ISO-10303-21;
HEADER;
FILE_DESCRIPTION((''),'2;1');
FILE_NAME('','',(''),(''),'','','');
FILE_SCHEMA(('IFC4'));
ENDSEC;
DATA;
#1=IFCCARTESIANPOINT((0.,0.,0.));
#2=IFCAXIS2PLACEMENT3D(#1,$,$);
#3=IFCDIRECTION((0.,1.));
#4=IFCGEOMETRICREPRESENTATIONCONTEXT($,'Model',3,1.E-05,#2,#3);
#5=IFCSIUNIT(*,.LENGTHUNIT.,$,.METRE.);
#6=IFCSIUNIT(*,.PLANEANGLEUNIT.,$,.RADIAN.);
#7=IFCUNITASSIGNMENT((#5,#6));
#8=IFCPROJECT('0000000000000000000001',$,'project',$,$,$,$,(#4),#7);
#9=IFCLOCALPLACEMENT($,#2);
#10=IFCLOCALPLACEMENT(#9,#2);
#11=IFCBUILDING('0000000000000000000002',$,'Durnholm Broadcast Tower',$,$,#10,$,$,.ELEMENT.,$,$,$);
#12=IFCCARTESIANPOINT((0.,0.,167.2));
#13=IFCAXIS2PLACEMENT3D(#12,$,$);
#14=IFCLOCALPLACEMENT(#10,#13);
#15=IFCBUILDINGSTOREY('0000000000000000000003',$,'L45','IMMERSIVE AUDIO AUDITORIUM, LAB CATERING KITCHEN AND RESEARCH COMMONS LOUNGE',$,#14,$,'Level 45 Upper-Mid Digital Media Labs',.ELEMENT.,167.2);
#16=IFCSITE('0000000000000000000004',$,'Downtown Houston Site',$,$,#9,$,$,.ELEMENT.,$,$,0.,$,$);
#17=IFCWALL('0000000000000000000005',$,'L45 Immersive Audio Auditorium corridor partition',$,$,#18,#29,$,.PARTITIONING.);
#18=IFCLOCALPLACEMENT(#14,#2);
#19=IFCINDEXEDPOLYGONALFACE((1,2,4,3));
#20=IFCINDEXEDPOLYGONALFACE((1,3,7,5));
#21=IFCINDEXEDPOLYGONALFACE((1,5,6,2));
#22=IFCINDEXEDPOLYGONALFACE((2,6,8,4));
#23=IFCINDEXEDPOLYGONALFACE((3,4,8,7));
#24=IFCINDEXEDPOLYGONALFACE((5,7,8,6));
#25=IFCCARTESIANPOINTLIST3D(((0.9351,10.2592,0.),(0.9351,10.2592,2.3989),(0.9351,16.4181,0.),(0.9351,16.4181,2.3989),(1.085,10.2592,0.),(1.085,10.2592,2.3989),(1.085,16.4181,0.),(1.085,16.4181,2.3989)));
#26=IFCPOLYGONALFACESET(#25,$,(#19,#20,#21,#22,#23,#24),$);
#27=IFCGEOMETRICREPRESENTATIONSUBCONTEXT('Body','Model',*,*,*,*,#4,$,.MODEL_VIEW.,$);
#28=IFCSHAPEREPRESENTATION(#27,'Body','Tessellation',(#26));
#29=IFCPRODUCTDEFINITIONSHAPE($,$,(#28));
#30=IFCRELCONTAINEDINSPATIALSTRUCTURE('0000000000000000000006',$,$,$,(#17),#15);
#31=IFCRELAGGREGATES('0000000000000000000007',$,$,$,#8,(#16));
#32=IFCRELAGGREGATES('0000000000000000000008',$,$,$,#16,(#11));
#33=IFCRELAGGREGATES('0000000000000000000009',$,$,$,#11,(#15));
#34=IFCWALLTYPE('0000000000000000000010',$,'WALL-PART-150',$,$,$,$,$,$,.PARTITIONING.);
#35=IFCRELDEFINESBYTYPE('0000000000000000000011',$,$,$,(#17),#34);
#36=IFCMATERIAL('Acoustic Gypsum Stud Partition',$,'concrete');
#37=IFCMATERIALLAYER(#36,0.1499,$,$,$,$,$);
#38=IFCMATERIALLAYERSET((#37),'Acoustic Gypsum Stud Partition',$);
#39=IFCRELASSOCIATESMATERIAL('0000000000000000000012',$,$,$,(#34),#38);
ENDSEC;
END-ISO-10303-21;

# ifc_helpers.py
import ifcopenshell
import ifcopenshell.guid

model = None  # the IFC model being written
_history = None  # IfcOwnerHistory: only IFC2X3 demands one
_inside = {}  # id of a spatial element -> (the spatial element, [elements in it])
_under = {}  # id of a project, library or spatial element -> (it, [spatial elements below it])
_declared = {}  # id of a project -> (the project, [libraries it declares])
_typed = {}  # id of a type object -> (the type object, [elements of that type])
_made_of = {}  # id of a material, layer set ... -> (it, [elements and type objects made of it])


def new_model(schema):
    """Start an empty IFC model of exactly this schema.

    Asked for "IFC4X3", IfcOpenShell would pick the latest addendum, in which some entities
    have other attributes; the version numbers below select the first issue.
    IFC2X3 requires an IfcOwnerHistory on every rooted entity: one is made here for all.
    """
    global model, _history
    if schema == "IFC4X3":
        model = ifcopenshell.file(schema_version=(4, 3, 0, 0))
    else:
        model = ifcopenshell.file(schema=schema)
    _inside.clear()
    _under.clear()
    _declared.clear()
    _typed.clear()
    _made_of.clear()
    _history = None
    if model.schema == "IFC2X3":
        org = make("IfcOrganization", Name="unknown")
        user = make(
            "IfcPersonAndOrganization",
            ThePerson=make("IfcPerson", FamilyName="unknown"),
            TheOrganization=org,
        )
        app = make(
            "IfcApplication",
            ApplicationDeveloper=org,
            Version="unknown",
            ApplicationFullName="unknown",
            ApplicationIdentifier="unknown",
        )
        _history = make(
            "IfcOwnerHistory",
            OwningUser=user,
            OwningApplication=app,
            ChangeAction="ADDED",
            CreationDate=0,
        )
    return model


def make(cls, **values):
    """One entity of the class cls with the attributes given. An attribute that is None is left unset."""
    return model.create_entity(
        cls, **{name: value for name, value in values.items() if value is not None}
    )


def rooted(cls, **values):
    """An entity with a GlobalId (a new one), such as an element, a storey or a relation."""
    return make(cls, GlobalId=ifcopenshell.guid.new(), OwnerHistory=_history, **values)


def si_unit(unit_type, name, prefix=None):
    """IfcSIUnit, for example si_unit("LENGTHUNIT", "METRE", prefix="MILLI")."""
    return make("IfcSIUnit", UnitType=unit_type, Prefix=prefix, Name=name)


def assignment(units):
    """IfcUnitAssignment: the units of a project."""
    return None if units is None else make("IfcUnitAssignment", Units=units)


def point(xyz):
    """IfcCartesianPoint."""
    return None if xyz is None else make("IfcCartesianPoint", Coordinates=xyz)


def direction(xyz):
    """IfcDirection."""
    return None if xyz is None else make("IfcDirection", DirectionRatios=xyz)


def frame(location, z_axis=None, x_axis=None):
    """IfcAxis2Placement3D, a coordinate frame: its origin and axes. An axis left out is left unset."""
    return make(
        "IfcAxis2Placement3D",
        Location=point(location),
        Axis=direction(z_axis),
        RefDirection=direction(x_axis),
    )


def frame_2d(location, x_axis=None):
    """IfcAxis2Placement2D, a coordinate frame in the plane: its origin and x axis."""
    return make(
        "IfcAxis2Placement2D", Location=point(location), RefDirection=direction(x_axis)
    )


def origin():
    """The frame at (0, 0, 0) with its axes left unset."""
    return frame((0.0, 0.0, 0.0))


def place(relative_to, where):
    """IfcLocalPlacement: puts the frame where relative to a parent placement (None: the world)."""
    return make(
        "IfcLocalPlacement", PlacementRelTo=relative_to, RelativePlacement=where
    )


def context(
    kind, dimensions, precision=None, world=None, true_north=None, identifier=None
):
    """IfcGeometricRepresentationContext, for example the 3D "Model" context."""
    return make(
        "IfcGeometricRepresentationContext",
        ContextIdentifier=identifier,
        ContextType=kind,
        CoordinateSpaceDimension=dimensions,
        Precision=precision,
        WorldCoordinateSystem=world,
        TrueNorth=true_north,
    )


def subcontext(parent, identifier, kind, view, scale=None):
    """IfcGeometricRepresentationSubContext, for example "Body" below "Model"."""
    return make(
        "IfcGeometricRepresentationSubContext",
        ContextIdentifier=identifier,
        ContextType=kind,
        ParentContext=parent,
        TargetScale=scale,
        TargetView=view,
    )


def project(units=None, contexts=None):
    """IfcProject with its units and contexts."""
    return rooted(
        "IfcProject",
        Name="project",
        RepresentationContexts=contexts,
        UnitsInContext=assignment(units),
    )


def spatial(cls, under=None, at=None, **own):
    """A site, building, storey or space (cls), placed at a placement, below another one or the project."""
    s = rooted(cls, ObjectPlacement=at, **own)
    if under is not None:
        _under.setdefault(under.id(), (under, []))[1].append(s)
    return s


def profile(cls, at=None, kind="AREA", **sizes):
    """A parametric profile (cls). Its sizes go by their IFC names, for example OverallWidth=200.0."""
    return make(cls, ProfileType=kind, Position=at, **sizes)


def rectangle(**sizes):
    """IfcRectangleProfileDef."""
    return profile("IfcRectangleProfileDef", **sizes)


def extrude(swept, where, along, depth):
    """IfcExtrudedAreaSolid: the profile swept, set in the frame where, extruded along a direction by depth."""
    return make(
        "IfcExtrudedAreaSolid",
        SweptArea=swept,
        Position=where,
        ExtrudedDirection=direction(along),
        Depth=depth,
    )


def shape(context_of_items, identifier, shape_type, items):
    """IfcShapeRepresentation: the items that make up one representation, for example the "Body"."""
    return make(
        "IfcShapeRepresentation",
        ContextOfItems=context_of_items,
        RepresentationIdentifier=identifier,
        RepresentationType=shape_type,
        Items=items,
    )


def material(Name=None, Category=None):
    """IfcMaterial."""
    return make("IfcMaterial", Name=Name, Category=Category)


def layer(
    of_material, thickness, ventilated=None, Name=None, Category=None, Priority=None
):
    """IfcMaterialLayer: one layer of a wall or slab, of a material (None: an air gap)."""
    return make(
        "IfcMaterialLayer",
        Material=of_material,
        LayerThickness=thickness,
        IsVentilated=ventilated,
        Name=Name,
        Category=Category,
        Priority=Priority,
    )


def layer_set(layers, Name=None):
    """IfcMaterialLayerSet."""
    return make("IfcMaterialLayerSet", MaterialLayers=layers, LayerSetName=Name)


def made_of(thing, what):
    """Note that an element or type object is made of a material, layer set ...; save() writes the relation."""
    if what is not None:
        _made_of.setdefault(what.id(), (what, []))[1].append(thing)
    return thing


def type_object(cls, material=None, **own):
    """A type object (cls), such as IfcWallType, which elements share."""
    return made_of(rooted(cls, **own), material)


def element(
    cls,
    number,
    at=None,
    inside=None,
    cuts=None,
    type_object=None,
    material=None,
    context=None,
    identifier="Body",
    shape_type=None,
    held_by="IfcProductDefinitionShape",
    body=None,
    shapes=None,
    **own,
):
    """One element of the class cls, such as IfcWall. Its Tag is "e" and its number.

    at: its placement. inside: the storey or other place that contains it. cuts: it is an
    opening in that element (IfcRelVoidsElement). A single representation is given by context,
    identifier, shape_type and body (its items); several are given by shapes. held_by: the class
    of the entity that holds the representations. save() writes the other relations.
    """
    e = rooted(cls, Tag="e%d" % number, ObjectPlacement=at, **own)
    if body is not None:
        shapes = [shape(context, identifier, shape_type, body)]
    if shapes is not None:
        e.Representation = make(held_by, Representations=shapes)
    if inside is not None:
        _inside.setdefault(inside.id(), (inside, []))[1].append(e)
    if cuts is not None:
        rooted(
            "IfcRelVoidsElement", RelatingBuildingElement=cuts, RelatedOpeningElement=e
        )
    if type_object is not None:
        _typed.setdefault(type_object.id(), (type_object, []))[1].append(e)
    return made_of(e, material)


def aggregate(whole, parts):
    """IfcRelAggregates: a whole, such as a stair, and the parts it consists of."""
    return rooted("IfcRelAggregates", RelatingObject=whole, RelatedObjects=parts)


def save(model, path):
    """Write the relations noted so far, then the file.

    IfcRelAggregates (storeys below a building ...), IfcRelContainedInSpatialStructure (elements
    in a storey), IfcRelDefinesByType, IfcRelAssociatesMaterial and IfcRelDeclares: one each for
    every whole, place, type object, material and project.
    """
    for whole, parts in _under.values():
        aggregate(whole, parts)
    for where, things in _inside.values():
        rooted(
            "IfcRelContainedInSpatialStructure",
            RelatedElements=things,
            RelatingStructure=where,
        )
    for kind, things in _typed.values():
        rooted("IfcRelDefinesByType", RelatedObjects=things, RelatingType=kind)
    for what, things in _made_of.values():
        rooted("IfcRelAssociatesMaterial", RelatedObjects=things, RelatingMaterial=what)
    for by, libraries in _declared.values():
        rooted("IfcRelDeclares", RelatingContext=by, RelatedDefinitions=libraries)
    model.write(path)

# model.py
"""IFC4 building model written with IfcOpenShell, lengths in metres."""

from ifc_helpers import new_model, si_unit, direction, frame, frame_2d, origin, place, context, subcontext, project, spatial, rectangle, extrude, material, layer, layer_set, type_object, element, save


model = new_model("IFC4")

# Units and contexts
model_context = context("Model", 3, precision=1e-05, world=origin(), true_north=direction((0.0, 1.0)))
body_context = subcontext(model_context, "Body", "Model", "MODEL_VIEW")
ifc_project = project(units=[si_unit("LENGTHUNIT", "METRE"), si_unit("PLANEANGLEUNIT", "RADIAN")], contexts=[model_context])

# Site, building, storey
site_placement = place(None, origin())
site = spatial("IfcSite", under=ifc_project, at=site_placement, Name="Downtown Houston Site", CompositionType="ELEMENT", RefElevation=0.0)
building_placement = place(site_placement, origin())
building = spatial("IfcBuilding", under=site, at=building_placement, Name="Durnholm Broadcast Tower", CompositionType="ELEMENT")
storey_placement = place(building_placement, frame((0.0, 0.0, 167.2)))
storey = spatial("IfcBuildingStorey", under=building, at=storey_placement, Name="L45", Description="IMMERSIVE AUDIO AUDITORIUM, LAB CATERING KITCHEN AND RESEARCH COMMONS LOUNGE", LongName="Level 45 Upper-Mid Digital Media Labs", CompositionType="ELEMENT", Elevation=167.2)

# Wall
ifc_material_1 = material(Name="Acoustic Gypsum Stud Partition", Category="concrete")
ifc_layer_1 = layer(ifc_material_1, 0.1499)
ifc_layer_set_1 = layer_set([ifc_layer_1], Name="Acoustic Gypsum Stud Partition")
wall_type = type_object("IfcWallType", Name="WALL-PART-150", PredefinedType="PARTITIONING", material=ifc_layer_set_1)
wall_placement = place(storey_placement, frame((1.01, 10.259, 0.0), z_axis=(0.0, 0.0, 1.0), x_axis=(0.0, 1.0, 0.0)))
element("IfcWall", 1, at=wall_placement, inside=storey, type_object=wall_type, Name="L45 Immersive Audio Auditorium corridor partition", PredefinedType="PARTITIONING", context=body_context, shape_type="SweptSolid", body=[
    extrude(rectangle(XDim=6.1589, YDim=0.1499, at=frame_2d((3.0796, 0.0))), origin(), (0.0, 0.0, 1.0), 2.3989),
])

save(model, "model.ifc")
